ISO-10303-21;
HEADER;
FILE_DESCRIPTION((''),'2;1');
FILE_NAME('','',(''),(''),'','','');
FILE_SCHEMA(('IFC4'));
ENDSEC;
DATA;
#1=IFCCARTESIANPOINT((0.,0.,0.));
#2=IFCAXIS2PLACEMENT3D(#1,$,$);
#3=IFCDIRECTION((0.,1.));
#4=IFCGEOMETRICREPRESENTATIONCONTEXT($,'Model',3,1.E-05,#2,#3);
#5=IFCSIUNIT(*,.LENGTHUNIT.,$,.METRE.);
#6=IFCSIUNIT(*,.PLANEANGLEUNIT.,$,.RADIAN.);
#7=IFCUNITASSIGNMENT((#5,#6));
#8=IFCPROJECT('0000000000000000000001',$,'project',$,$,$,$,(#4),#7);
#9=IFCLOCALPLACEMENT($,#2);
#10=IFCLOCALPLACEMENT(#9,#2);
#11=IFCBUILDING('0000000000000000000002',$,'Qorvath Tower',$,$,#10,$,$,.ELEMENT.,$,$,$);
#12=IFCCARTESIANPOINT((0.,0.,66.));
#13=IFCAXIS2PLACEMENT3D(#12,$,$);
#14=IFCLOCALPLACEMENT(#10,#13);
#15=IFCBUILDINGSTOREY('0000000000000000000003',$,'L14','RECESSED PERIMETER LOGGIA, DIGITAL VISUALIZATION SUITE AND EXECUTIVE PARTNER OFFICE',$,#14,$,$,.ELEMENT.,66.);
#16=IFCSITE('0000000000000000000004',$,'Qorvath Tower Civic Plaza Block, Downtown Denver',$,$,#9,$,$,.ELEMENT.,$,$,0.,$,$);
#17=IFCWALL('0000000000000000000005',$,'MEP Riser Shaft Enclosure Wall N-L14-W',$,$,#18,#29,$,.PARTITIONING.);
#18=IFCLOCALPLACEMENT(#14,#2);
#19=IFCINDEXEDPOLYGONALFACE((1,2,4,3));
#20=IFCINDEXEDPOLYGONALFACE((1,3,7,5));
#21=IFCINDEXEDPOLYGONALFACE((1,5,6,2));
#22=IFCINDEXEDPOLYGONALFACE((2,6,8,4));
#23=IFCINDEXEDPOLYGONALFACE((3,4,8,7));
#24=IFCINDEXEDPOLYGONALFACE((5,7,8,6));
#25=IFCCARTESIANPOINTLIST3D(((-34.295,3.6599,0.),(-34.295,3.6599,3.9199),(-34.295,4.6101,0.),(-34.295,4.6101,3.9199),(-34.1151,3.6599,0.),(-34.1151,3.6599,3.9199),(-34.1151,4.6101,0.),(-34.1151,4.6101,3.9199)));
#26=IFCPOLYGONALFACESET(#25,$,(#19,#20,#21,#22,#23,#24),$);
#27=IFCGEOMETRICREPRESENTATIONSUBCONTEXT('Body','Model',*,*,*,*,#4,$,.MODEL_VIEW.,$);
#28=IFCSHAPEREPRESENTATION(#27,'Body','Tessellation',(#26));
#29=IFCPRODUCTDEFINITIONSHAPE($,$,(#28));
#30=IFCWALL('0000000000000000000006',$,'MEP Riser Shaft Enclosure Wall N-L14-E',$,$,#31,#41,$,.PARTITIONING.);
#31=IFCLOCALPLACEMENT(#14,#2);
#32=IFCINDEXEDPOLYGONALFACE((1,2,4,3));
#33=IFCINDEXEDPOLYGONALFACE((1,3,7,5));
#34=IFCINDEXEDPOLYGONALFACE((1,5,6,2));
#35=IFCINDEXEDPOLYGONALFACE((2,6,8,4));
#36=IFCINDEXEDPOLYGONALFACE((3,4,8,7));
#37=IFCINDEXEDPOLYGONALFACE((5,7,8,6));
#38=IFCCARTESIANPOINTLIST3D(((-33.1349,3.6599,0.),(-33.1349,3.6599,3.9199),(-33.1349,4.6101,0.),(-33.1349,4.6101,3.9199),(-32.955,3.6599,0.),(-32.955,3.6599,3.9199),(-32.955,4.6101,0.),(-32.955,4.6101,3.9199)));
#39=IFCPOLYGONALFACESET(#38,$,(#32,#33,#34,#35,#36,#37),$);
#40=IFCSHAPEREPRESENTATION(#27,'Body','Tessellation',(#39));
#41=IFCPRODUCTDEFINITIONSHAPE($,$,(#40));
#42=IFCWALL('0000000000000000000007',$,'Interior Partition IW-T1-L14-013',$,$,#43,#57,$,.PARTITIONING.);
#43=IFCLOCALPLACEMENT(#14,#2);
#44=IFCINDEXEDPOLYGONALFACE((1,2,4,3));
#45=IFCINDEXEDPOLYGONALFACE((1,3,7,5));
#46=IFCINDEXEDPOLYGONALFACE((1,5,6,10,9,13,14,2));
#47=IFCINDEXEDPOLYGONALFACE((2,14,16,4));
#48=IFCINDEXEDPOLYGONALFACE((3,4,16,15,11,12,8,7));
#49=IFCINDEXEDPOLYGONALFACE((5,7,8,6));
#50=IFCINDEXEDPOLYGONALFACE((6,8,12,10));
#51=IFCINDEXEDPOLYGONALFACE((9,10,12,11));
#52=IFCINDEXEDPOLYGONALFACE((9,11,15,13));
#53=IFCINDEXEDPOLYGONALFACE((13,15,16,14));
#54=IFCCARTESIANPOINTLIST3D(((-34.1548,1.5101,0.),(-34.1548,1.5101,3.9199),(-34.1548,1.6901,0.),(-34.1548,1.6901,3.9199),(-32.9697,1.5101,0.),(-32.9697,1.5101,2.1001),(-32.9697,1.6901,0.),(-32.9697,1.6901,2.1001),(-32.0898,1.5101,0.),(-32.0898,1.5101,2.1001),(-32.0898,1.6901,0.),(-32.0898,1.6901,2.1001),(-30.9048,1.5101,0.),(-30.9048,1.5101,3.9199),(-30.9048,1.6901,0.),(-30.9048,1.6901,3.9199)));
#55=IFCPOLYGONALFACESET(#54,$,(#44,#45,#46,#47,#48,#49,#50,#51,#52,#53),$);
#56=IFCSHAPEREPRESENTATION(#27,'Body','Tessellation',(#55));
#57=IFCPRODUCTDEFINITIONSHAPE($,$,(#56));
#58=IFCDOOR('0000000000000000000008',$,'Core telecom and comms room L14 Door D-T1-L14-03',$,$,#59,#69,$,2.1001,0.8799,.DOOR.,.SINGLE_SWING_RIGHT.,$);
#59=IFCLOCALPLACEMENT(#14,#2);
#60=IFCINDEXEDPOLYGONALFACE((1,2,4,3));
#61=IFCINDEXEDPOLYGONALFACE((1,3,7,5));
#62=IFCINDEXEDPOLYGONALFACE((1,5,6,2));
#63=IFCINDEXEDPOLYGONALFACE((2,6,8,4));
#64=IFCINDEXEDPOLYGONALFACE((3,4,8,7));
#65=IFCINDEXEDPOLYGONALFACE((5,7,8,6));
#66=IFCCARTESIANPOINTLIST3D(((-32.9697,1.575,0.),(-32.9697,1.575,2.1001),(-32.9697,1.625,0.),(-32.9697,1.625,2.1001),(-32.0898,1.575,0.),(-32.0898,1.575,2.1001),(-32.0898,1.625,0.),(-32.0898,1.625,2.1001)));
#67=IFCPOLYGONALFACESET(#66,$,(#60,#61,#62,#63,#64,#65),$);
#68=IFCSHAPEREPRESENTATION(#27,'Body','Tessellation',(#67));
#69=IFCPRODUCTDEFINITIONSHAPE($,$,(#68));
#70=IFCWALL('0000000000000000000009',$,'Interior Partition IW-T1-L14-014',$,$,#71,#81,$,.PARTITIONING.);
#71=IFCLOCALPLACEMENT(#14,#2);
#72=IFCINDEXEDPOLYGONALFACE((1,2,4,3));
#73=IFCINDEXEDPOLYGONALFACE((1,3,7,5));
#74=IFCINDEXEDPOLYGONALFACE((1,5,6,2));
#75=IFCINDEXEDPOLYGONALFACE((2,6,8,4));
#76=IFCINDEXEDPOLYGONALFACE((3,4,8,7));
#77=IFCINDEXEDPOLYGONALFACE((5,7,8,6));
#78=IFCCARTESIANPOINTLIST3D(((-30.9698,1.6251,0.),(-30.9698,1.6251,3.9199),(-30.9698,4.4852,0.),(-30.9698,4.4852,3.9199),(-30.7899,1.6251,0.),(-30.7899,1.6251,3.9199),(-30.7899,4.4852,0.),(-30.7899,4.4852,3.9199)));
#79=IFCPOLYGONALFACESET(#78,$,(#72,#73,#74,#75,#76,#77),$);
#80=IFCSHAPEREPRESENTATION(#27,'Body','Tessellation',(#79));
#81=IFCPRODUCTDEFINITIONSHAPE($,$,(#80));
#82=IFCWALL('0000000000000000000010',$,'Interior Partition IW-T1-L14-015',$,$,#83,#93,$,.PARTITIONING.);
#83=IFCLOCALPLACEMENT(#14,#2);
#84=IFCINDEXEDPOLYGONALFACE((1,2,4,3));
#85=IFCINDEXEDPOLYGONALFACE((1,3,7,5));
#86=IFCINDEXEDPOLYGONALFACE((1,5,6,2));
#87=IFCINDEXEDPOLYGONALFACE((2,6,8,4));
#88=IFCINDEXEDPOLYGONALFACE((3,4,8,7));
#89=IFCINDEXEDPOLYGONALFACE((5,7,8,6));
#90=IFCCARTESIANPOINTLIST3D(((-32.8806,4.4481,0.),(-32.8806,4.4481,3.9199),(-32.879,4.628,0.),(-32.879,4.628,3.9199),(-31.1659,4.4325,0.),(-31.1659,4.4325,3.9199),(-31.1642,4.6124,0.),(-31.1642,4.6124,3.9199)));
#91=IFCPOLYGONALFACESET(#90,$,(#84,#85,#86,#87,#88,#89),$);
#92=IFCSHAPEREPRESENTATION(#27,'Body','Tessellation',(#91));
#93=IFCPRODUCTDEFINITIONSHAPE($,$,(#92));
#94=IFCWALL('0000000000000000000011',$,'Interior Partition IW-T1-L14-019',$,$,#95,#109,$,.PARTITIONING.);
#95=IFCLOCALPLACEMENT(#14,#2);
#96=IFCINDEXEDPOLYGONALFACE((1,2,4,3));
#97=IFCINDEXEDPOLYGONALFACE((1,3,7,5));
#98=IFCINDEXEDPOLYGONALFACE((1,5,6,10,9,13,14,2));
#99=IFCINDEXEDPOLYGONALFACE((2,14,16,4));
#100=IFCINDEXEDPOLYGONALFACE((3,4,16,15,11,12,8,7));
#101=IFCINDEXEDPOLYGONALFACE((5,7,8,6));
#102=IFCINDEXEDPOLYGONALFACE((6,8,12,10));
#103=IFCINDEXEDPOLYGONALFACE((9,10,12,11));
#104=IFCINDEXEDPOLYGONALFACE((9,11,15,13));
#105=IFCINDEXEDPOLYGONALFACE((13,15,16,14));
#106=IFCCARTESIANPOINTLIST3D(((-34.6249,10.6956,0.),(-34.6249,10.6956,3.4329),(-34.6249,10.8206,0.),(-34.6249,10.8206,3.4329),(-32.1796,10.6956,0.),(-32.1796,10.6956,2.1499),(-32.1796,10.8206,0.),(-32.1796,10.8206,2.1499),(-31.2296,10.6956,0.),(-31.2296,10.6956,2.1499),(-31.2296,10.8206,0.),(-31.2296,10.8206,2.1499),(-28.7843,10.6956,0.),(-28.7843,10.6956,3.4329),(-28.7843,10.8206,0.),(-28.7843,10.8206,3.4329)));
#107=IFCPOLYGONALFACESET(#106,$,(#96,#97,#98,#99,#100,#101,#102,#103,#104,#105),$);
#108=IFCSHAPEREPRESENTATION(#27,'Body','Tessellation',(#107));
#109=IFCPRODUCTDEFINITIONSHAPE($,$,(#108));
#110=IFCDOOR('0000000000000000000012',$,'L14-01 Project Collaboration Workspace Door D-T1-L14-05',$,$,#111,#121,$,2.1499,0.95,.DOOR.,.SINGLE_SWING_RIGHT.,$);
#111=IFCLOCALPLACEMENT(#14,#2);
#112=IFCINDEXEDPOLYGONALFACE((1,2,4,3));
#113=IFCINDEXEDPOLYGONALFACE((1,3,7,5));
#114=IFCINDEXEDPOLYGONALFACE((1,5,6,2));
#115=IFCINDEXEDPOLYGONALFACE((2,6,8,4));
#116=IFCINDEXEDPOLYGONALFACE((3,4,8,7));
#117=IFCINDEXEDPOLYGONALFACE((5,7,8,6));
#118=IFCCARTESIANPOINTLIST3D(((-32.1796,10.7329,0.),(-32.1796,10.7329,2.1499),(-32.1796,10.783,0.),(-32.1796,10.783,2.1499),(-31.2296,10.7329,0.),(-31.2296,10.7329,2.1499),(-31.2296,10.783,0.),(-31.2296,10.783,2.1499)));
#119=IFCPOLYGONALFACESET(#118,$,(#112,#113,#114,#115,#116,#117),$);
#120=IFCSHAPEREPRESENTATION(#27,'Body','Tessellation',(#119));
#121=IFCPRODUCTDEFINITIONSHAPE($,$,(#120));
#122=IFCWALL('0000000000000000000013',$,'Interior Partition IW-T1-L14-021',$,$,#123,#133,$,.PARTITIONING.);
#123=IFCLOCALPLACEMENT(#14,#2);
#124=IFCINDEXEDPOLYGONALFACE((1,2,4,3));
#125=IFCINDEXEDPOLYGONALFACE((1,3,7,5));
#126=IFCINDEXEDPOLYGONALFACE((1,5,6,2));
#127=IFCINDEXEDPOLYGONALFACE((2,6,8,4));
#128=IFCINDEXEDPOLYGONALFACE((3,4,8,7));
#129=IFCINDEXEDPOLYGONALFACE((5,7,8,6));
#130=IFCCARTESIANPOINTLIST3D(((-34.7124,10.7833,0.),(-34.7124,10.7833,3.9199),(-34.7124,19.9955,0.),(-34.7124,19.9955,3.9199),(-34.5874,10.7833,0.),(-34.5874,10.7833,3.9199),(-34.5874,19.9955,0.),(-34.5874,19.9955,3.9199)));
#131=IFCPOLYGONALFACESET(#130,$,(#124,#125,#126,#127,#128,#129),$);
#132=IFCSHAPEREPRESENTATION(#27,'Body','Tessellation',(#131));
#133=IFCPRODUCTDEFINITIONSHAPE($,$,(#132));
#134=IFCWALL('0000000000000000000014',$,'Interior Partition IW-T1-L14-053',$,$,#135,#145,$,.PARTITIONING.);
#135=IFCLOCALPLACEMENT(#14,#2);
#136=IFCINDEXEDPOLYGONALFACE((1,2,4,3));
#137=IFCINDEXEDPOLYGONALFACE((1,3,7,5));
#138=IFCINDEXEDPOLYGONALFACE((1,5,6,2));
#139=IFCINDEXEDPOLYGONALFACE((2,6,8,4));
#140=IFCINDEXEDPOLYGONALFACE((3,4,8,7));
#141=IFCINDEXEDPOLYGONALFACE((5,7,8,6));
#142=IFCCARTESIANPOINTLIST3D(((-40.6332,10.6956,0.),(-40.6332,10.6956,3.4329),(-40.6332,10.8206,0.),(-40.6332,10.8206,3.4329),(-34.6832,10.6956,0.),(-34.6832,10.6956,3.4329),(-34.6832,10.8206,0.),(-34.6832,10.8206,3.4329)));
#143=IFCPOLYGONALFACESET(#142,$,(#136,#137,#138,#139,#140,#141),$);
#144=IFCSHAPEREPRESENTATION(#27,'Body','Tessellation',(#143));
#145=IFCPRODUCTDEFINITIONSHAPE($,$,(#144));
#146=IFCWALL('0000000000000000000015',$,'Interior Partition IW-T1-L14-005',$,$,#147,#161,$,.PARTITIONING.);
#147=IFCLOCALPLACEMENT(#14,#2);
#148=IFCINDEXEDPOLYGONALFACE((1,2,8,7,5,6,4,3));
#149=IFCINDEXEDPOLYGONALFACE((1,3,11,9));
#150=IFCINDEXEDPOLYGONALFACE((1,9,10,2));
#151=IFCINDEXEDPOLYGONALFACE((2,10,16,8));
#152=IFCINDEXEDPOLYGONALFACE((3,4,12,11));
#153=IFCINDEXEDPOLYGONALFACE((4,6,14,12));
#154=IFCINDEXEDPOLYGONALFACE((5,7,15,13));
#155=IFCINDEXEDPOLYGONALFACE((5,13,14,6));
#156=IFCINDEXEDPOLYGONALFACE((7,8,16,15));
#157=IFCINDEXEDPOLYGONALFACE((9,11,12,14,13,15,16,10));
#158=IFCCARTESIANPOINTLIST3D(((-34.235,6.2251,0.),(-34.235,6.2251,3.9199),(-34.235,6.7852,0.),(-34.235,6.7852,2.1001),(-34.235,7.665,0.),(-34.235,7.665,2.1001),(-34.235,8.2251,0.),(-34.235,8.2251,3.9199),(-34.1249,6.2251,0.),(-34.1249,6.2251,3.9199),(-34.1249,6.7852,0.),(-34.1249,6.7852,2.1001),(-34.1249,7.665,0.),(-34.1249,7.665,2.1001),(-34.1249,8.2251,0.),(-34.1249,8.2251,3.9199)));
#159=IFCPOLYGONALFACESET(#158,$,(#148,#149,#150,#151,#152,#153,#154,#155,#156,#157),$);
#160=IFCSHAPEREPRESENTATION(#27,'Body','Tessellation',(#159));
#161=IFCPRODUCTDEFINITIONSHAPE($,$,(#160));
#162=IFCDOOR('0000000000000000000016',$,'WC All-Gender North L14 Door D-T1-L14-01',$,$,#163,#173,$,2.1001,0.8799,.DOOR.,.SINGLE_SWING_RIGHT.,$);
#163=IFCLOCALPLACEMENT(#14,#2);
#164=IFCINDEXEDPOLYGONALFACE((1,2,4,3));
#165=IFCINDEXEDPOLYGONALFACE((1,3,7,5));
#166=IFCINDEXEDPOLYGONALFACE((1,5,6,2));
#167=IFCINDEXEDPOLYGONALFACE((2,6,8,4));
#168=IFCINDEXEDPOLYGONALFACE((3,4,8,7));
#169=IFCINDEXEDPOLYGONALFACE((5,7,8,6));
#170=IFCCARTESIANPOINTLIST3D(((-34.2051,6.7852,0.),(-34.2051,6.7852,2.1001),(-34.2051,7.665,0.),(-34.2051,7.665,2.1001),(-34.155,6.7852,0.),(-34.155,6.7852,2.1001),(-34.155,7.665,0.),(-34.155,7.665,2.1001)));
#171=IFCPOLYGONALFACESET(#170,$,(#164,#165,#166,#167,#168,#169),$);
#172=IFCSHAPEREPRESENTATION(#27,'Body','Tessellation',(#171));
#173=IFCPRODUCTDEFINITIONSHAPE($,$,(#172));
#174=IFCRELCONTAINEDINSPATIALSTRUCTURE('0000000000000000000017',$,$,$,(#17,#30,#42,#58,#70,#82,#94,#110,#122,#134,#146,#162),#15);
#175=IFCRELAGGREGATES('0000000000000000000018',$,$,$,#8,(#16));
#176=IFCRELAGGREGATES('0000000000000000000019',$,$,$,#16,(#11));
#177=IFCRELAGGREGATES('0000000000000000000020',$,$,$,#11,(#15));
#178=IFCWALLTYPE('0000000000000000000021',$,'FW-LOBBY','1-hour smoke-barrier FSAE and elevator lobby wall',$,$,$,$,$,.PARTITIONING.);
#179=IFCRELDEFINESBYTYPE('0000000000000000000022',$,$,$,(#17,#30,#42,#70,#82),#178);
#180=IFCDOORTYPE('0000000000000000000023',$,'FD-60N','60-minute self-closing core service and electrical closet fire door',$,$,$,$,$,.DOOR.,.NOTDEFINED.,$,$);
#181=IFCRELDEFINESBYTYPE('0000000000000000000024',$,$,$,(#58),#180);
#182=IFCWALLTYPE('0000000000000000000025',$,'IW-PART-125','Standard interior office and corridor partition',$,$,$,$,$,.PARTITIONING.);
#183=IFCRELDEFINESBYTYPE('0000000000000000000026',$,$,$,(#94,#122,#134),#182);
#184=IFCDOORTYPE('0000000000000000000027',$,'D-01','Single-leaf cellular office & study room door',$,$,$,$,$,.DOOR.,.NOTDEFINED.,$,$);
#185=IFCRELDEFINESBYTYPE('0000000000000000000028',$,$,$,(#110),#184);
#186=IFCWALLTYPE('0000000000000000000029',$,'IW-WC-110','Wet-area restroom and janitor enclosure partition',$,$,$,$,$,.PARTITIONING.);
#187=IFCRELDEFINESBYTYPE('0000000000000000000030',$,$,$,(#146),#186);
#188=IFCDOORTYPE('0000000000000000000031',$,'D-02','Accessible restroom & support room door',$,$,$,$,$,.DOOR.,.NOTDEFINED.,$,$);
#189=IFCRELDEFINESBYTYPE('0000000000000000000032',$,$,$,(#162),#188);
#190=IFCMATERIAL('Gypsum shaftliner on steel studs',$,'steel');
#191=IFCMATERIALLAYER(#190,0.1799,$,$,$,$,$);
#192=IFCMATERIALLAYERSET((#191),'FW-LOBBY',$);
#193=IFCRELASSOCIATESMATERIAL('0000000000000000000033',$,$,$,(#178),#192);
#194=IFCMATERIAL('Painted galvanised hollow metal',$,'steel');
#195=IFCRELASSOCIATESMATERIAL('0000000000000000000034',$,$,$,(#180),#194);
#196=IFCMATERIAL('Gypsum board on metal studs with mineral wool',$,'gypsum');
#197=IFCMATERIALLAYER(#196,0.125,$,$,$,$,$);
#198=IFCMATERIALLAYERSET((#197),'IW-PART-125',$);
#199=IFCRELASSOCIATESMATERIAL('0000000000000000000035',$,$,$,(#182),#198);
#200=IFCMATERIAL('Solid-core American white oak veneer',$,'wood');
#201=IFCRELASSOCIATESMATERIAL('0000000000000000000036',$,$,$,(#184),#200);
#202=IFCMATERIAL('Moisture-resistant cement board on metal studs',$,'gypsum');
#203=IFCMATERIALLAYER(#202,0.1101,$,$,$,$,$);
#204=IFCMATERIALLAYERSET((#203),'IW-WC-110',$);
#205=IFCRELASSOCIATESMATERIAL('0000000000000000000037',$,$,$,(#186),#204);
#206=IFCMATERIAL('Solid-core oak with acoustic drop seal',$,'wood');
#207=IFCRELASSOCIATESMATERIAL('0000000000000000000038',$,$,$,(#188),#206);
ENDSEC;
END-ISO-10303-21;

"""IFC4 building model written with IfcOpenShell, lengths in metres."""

from ifc_helpers import new_model, si_unit, direction, frame, frame_2d, origin, place, context, subcontext, project, spatial, rectangle, extrude, material, layer, layer_set, type_object, element, fill, save


model = new_model("IFC4")

# Units and contexts
model_context = context("Model", 3, precision=1e-05, world=origin(), true_north=direction((0.0, 1.0)))
body_context = subcontext(model_context, "Body", "Model", "MODEL_VIEW")
ifc_project = project(units=[si_unit("LENGTHUNIT", "METRE"), si_unit("PLANEANGLEUNIT", "RADIAN")], contexts=[model_context])

# Site, building, storey
site_placement = place(None, origin())
site = spatial("IfcSite", under=ifc_project, at=site_placement, Name="Qorvath Tower Civic Plaza Block, Downtown Denver", CompositionType="ELEMENT", RefElevation=0.0)
building_placement = place(site_placement, origin())
building = spatial("IfcBuilding", under=site, at=building_placement, Name="Qorvath Tower", CompositionType="ELEMENT")
storey_placement = place(building_placement, frame((0.0, 0.0, 66.0)))
storey = spatial("IfcBuildingStorey", under=building, at=storey_placement, Name="L14", Description="RECESSED PERIMETER LOGGIA, DIGITAL VISUALIZATION SUITE AND EXECUTIVE PARTNER OFFICE", CompositionType="ELEMENT", Elevation=66.0)

# Walls
ifc_material_1 = material(Name="Gypsum shaftliner on steel studs", Category="steel")
ifc_layer_1 = layer(ifc_material_1, 0.1799)
ifc_layer_set_1 = layer_set([ifc_layer_1], Name="FW-LOBBY")
wall_type_1 = type_object("IfcWallType", Name="FW-LOBBY", Description="1-hour smoke-barrier FSAE and elevator lobby wall", PredefinedType="PARTITIONING", material=ifc_layer_set_1)
for number, where, z_axis, x_axis, name in (
    (1, (-34.2051, 3.6599, 0.0), (0.0, 0.0, 1.0), (0.0, 1.0, 0.0), "MEP Riser Shaft Enclosure Wall N-L14-W"),
    (2, (-33.0449, 4.6101, 0.0), (0.0, 0.0, 1.0), (0.0, -1.0, 0.0), "MEP Riser Shaft Enclosure Wall N-L14-E"),
):
    element("IfcWall", number, at=place(storey_placement, frame(where, z_axis=z_axis, x_axis=x_axis)), inside=storey, type_object=wall_type_1, Name=name, PredefinedType="PARTITIONING", context=body_context, shape_type="SweptSolid", body=[
        extrude(rectangle(XDim=0.9502, YDim=0.1799, at=frame_2d((0.4751, 0.0))), origin(), (0.0, 0.0, 1.0), 3.9199),
    ])

# Wall, opening, door
wall_1_placement = place(storey_placement, frame((-34.1548, 1.6001, 0.0), z_axis=(0.0, 0.0, 1.0), x_axis=(1.0, 0.0, 0.0)))
wall_1 = element("IfcWall", 3, at=wall_1_placement, inside=storey, type_object=wall_type_1, Name="Interior Partition IW-T1-L14-013", PredefinedType="PARTITIONING", context=body_context, shape_type="SweptSolid", body=[
    extrude(rectangle(XDim=3.25, YDim=0.1799, at=frame_2d((1.625, 0.0))), origin(), (0.0, 0.0, 1.0), 3.9199),
])
opening_1_placement = place(wall_1_placement, frame((1.1851, 0.0, 0.0)))
opening_1 = element("IfcOpeningElement", 4, at=opening_1_placement, cuts=wall_1, PredefinedType="OPENING", context=body_context, shape_type="SweptSolid", body=[
    extrude(rectangle(XDim=0.8799, YDim=2.1001, at=frame_2d((0.4399, 1.05))), frame((0.0, 0.1001, 0.0), z_axis=(0.0, -1.0, 0.0), x_axis=(1.0, 0.0, 0.0)), (0.0, 0.0, 1.0), 0.2),
])
ifc_material_2 = material(Name="Painted galvanised hollow metal", Category="steel")
door_type_1 = type_object("IfcDoorType", Name="FD-60N", Description="60-minute self-closing core service and electrical closet fire door", OperationType="NOTDEFINED", PredefinedType="DOOR", material=ifc_material_2)
door_1_placement = place(opening_1_placement, origin())
door_1 = element("IfcDoor", 5, at=door_1_placement, inside=storey, type_object=door_type_1, Name="Core telecom and comms room L14 Door D-T1-L14-03", OperationType="SINGLE_SWING_RIGHT", OverallHeight=2.1001, OverallWidth=0.8799, PredefinedType="DOOR", context=body_context, shape_type="SweptSolid", body=[
    extrude(rectangle(XDim=0.8799, YDim=2.1001, at=frame_2d((0.4399, 1.05))), frame((0.0, 0.0249, 0.0), z_axis=(0.0, -1.0, 0.0), x_axis=(1.0, 0.0, 0.0)), (0.0, 0.0, 1.0), 0.05),
])
fill(opening_1, door_1)

# Walls
wall_2_placement = place(storey_placement, frame((-30.8799, 1.625, 0.0), z_axis=(0.0, 0.0, 1.0), x_axis=(0.0, 1.0, 0.0)))
element("IfcWall", 6, at=wall_2_placement, inside=storey, type_object=wall_type_1, Name="Interior Partition IW-T1-L14-014", PredefinedType="PARTITIONING", context=body_context, shape_type="SweptSolid", body=[
    extrude(rectangle(XDim=2.8601, YDim=0.1799, at=frame_2d((1.4302, 0.0))), origin(), (0.0, 0.0, 1.0), 3.9199),
])
wall_3_placement = place(storey_placement, frame((-31.165, 4.5225, 0.0), z_axis=(0.0, 0.0, 1.0), x_axis=(-0.999958, 0.009111, 0.0)))
element("IfcWall", 7, at=wall_3_placement, inside=storey, type_object=wall_type_1, Name="Interior Partition IW-T1-L14-015", PredefinedType="PARTITIONING", context=body_context, shape_type="SweptSolid", body=[
    extrude(rectangle(XDim=1.7148, YDim=0.1799, at=frame_2d((0.8574, 0.0))), origin(), (0.0, 0.0, 1.0), 3.9199),
])

# Wall, opening, door
ifc_material_3 = material(Name="Gypsum board on metal studs with mineral wool", Category="gypsum")
ifc_layer_2 = layer(ifc_material_3, 0.125)
ifc_layer_set_2 = layer_set([ifc_layer_2], Name="IW-PART-125")
wall_type_2 = type_object("IfcWallType", Name="IW-PART-125", Description="Standard interior office and corridor partition", PredefinedType="PARTITIONING", material=ifc_layer_set_2)
wall_4_placement = place(storey_placement, frame((-34.625, 10.7581, 0.0), z_axis=(0.0, 0.0, 1.0), x_axis=(1.0, 0.0, 0.0)))
wall_4 = element("IfcWall", 8, at=wall_4_placement, inside=storey, type_object=wall_type_2, Name="Interior Partition IW-T1-L14-019", PredefinedType="PARTITIONING", context=body_context, shape_type="SweptSolid", body=[
    extrude(rectangle(XDim=5.8406, YDim=0.125, at=frame_2d((2.9204, 0.0))), origin(), (0.0, 0.0, 1.0), 3.4329),
])
opening_2_placement = place(wall_4_placement, frame((2.4453, 0.0, 0.0)))
opening_2 = element("IfcOpeningElement", 9, at=opening_2_placement, cuts=wall_4, PredefinedType="OPENING", context=body_context, shape_type="SweptSolid", body=[
    extrude(rectangle(XDim=0.95, YDim=2.1499, at=frame_2d((0.4751, 1.075))), frame((0.0, 0.0725, 0.0), z_axis=(0.0, -1.0, 0.0), x_axis=(1.0, 0.0, 0.0)), (0.0, 0.0, 1.0), 0.145),
])
ifc_material_4 = material(Name="Solid-core American white oak veneer", Category="wood")
door_type_2 = type_object("IfcDoorType", Name="D-01", Description="Single-leaf cellular office & study room door", OperationType="NOTDEFINED", PredefinedType="DOOR", material=ifc_material_4)
door_2_placement = place(opening_2_placement, origin())
door_2 = element("IfcDoor", 10, at=door_2_placement, inside=storey, type_object=door_type_2, Name="L14-01 Project Collaboration Workspace Door D-T1-L14-05", OperationType="SINGLE_SWING_RIGHT", OverallHeight=2.1499, OverallWidth=0.95, PredefinedType="DOOR", context=body_context, shape_type="SweptSolid", body=[
    extrude(rectangle(XDim=0.95, YDim=2.1499, at=frame_2d((0.4751, 1.075))), frame((0.0, 0.0249, 0.0), z_axis=(0.0, -1.0, 0.0), x_axis=(1.0, 0.0, 0.0)), (0.0, 0.0, 1.0), 0.05),
])
fill(opening_2, door_2)

# Walls
wall_5_placement = place(storey_placement, frame((-34.6499, 19.9954, 0.0), z_axis=(0.0, 0.0, 1.0), x_axis=(0.0, -1.0, 0.0)))
element("IfcWall", 11, at=wall_5_placement, inside=storey, type_object=wall_type_2, Name="Interior Partition IW-T1-L14-021", PredefinedType="PARTITIONING", context=body_context, shape_type="SweptSolid", body=[
    extrude(rectangle(XDim=9.2122, YDim=0.125, at=frame_2d((4.606, 0.0))), origin(), (0.0, 0.0, 1.0), 3.9199),
])
wall_6_placement = place(storey_placement, frame((-34.6831, 10.7581, 0.0), z_axis=(0.0, 0.0, 1.0), x_axis=(-1.0, 0.0, 0.0)))
element("IfcWall", 12, at=wall_6_placement, inside=storey, type_object=wall_type_2, Name="Interior Partition IW-T1-L14-053", PredefinedType="PARTITIONING", context=body_context, shape_type="SweptSolid", body=[
    extrude(rectangle(XDim=5.95, YDim=0.125, at=frame_2d((2.9751, 0.0))), origin(), (0.0, 0.0, 1.0), 3.4329),
])

# Wall, opening, door
ifc_material_5 = material(Name="Moisture-resistant cement board on metal studs", Category="gypsum")
ifc_layer_3 = layer(ifc_material_5, 0.1101)
ifc_layer_set_3 = layer_set([ifc_layer_3], Name="IW-WC-110")
wall_type_3 = type_object("IfcWallType", Name="IW-WC-110", Description="Wet-area restroom and janitor enclosure partition", PredefinedType="PARTITIONING", material=ifc_layer_set_3)
wall_7_placement = place(storey_placement, frame((-34.1799, 8.2251, 0.0), z_axis=(0.0, 0.0, 1.0), x_axis=(0.0, -1.0, 0.0)))
wall_7 = element("IfcWall", 13, at=wall_7_placement, inside=storey, type_object=wall_type_3, Name="Interior Partition IW-T1-L14-005", PredefinedType="PARTITIONING", context=body_context, shape_type="SweptSolid", body=[
    extrude(rectangle(XDim=2.0, YDim=0.1101, at=frame_2d((1.0, 0.0))), origin(), (0.0, 0.0, 1.0), 3.9199),
])
opening_3_placement = place(wall_7_placement, frame((0.5601, 0.0, 0.0)))
opening_3 = element("IfcOpeningElement", 14, at=opening_3_placement, cuts=wall_7, PredefinedType="OPENING", context=body_context, shape_type="SweptSolid", body=[
    extrude(rectangle(XDim=0.8799, YDim=2.1001, at=frame_2d((0.4399, 1.05))), frame((0.0, 0.0649, 0.0), z_axis=(0.0, -1.0, 0.0), x_axis=(1.0, 0.0, 0.0)), (0.0, 0.0, 1.0), 0.1301),
])
ifc_material_6 = material(Name="Solid-core oak with acoustic drop seal", Category="wood")
door_type_3 = type_object("IfcDoorType", Name="D-02", Description="Accessible restroom & support room door", OperationType="NOTDEFINED", PredefinedType="DOOR", material=ifc_material_6)
door_3_placement = place(opening_3_placement, origin())
door_3 = element("IfcDoor", 15, at=door_3_placement, inside=storey, type_object=door_type_3, Name="WC All-Gender North L14 Door D-T1-L14-01", OperationType="SINGLE_SWING_RIGHT", OverallHeight=2.1001, OverallWidth=0.8799, PredefinedType="DOOR", context=body_context, shape_type="SweptSolid", body=[
    extrude(rectangle(XDim=0.8799, YDim=2.1001, at=frame_2d((0.4399, 1.05))), frame((0.0, 0.0249, 0.0), z_axis=(0.0, -1.0, 0.0), x_axis=(1.0, 0.0, 0.0)), (0.0, 0.0, 1.0), 0.05),
])
fill(opening_3, door_3)

save(model, "model.ifc")
